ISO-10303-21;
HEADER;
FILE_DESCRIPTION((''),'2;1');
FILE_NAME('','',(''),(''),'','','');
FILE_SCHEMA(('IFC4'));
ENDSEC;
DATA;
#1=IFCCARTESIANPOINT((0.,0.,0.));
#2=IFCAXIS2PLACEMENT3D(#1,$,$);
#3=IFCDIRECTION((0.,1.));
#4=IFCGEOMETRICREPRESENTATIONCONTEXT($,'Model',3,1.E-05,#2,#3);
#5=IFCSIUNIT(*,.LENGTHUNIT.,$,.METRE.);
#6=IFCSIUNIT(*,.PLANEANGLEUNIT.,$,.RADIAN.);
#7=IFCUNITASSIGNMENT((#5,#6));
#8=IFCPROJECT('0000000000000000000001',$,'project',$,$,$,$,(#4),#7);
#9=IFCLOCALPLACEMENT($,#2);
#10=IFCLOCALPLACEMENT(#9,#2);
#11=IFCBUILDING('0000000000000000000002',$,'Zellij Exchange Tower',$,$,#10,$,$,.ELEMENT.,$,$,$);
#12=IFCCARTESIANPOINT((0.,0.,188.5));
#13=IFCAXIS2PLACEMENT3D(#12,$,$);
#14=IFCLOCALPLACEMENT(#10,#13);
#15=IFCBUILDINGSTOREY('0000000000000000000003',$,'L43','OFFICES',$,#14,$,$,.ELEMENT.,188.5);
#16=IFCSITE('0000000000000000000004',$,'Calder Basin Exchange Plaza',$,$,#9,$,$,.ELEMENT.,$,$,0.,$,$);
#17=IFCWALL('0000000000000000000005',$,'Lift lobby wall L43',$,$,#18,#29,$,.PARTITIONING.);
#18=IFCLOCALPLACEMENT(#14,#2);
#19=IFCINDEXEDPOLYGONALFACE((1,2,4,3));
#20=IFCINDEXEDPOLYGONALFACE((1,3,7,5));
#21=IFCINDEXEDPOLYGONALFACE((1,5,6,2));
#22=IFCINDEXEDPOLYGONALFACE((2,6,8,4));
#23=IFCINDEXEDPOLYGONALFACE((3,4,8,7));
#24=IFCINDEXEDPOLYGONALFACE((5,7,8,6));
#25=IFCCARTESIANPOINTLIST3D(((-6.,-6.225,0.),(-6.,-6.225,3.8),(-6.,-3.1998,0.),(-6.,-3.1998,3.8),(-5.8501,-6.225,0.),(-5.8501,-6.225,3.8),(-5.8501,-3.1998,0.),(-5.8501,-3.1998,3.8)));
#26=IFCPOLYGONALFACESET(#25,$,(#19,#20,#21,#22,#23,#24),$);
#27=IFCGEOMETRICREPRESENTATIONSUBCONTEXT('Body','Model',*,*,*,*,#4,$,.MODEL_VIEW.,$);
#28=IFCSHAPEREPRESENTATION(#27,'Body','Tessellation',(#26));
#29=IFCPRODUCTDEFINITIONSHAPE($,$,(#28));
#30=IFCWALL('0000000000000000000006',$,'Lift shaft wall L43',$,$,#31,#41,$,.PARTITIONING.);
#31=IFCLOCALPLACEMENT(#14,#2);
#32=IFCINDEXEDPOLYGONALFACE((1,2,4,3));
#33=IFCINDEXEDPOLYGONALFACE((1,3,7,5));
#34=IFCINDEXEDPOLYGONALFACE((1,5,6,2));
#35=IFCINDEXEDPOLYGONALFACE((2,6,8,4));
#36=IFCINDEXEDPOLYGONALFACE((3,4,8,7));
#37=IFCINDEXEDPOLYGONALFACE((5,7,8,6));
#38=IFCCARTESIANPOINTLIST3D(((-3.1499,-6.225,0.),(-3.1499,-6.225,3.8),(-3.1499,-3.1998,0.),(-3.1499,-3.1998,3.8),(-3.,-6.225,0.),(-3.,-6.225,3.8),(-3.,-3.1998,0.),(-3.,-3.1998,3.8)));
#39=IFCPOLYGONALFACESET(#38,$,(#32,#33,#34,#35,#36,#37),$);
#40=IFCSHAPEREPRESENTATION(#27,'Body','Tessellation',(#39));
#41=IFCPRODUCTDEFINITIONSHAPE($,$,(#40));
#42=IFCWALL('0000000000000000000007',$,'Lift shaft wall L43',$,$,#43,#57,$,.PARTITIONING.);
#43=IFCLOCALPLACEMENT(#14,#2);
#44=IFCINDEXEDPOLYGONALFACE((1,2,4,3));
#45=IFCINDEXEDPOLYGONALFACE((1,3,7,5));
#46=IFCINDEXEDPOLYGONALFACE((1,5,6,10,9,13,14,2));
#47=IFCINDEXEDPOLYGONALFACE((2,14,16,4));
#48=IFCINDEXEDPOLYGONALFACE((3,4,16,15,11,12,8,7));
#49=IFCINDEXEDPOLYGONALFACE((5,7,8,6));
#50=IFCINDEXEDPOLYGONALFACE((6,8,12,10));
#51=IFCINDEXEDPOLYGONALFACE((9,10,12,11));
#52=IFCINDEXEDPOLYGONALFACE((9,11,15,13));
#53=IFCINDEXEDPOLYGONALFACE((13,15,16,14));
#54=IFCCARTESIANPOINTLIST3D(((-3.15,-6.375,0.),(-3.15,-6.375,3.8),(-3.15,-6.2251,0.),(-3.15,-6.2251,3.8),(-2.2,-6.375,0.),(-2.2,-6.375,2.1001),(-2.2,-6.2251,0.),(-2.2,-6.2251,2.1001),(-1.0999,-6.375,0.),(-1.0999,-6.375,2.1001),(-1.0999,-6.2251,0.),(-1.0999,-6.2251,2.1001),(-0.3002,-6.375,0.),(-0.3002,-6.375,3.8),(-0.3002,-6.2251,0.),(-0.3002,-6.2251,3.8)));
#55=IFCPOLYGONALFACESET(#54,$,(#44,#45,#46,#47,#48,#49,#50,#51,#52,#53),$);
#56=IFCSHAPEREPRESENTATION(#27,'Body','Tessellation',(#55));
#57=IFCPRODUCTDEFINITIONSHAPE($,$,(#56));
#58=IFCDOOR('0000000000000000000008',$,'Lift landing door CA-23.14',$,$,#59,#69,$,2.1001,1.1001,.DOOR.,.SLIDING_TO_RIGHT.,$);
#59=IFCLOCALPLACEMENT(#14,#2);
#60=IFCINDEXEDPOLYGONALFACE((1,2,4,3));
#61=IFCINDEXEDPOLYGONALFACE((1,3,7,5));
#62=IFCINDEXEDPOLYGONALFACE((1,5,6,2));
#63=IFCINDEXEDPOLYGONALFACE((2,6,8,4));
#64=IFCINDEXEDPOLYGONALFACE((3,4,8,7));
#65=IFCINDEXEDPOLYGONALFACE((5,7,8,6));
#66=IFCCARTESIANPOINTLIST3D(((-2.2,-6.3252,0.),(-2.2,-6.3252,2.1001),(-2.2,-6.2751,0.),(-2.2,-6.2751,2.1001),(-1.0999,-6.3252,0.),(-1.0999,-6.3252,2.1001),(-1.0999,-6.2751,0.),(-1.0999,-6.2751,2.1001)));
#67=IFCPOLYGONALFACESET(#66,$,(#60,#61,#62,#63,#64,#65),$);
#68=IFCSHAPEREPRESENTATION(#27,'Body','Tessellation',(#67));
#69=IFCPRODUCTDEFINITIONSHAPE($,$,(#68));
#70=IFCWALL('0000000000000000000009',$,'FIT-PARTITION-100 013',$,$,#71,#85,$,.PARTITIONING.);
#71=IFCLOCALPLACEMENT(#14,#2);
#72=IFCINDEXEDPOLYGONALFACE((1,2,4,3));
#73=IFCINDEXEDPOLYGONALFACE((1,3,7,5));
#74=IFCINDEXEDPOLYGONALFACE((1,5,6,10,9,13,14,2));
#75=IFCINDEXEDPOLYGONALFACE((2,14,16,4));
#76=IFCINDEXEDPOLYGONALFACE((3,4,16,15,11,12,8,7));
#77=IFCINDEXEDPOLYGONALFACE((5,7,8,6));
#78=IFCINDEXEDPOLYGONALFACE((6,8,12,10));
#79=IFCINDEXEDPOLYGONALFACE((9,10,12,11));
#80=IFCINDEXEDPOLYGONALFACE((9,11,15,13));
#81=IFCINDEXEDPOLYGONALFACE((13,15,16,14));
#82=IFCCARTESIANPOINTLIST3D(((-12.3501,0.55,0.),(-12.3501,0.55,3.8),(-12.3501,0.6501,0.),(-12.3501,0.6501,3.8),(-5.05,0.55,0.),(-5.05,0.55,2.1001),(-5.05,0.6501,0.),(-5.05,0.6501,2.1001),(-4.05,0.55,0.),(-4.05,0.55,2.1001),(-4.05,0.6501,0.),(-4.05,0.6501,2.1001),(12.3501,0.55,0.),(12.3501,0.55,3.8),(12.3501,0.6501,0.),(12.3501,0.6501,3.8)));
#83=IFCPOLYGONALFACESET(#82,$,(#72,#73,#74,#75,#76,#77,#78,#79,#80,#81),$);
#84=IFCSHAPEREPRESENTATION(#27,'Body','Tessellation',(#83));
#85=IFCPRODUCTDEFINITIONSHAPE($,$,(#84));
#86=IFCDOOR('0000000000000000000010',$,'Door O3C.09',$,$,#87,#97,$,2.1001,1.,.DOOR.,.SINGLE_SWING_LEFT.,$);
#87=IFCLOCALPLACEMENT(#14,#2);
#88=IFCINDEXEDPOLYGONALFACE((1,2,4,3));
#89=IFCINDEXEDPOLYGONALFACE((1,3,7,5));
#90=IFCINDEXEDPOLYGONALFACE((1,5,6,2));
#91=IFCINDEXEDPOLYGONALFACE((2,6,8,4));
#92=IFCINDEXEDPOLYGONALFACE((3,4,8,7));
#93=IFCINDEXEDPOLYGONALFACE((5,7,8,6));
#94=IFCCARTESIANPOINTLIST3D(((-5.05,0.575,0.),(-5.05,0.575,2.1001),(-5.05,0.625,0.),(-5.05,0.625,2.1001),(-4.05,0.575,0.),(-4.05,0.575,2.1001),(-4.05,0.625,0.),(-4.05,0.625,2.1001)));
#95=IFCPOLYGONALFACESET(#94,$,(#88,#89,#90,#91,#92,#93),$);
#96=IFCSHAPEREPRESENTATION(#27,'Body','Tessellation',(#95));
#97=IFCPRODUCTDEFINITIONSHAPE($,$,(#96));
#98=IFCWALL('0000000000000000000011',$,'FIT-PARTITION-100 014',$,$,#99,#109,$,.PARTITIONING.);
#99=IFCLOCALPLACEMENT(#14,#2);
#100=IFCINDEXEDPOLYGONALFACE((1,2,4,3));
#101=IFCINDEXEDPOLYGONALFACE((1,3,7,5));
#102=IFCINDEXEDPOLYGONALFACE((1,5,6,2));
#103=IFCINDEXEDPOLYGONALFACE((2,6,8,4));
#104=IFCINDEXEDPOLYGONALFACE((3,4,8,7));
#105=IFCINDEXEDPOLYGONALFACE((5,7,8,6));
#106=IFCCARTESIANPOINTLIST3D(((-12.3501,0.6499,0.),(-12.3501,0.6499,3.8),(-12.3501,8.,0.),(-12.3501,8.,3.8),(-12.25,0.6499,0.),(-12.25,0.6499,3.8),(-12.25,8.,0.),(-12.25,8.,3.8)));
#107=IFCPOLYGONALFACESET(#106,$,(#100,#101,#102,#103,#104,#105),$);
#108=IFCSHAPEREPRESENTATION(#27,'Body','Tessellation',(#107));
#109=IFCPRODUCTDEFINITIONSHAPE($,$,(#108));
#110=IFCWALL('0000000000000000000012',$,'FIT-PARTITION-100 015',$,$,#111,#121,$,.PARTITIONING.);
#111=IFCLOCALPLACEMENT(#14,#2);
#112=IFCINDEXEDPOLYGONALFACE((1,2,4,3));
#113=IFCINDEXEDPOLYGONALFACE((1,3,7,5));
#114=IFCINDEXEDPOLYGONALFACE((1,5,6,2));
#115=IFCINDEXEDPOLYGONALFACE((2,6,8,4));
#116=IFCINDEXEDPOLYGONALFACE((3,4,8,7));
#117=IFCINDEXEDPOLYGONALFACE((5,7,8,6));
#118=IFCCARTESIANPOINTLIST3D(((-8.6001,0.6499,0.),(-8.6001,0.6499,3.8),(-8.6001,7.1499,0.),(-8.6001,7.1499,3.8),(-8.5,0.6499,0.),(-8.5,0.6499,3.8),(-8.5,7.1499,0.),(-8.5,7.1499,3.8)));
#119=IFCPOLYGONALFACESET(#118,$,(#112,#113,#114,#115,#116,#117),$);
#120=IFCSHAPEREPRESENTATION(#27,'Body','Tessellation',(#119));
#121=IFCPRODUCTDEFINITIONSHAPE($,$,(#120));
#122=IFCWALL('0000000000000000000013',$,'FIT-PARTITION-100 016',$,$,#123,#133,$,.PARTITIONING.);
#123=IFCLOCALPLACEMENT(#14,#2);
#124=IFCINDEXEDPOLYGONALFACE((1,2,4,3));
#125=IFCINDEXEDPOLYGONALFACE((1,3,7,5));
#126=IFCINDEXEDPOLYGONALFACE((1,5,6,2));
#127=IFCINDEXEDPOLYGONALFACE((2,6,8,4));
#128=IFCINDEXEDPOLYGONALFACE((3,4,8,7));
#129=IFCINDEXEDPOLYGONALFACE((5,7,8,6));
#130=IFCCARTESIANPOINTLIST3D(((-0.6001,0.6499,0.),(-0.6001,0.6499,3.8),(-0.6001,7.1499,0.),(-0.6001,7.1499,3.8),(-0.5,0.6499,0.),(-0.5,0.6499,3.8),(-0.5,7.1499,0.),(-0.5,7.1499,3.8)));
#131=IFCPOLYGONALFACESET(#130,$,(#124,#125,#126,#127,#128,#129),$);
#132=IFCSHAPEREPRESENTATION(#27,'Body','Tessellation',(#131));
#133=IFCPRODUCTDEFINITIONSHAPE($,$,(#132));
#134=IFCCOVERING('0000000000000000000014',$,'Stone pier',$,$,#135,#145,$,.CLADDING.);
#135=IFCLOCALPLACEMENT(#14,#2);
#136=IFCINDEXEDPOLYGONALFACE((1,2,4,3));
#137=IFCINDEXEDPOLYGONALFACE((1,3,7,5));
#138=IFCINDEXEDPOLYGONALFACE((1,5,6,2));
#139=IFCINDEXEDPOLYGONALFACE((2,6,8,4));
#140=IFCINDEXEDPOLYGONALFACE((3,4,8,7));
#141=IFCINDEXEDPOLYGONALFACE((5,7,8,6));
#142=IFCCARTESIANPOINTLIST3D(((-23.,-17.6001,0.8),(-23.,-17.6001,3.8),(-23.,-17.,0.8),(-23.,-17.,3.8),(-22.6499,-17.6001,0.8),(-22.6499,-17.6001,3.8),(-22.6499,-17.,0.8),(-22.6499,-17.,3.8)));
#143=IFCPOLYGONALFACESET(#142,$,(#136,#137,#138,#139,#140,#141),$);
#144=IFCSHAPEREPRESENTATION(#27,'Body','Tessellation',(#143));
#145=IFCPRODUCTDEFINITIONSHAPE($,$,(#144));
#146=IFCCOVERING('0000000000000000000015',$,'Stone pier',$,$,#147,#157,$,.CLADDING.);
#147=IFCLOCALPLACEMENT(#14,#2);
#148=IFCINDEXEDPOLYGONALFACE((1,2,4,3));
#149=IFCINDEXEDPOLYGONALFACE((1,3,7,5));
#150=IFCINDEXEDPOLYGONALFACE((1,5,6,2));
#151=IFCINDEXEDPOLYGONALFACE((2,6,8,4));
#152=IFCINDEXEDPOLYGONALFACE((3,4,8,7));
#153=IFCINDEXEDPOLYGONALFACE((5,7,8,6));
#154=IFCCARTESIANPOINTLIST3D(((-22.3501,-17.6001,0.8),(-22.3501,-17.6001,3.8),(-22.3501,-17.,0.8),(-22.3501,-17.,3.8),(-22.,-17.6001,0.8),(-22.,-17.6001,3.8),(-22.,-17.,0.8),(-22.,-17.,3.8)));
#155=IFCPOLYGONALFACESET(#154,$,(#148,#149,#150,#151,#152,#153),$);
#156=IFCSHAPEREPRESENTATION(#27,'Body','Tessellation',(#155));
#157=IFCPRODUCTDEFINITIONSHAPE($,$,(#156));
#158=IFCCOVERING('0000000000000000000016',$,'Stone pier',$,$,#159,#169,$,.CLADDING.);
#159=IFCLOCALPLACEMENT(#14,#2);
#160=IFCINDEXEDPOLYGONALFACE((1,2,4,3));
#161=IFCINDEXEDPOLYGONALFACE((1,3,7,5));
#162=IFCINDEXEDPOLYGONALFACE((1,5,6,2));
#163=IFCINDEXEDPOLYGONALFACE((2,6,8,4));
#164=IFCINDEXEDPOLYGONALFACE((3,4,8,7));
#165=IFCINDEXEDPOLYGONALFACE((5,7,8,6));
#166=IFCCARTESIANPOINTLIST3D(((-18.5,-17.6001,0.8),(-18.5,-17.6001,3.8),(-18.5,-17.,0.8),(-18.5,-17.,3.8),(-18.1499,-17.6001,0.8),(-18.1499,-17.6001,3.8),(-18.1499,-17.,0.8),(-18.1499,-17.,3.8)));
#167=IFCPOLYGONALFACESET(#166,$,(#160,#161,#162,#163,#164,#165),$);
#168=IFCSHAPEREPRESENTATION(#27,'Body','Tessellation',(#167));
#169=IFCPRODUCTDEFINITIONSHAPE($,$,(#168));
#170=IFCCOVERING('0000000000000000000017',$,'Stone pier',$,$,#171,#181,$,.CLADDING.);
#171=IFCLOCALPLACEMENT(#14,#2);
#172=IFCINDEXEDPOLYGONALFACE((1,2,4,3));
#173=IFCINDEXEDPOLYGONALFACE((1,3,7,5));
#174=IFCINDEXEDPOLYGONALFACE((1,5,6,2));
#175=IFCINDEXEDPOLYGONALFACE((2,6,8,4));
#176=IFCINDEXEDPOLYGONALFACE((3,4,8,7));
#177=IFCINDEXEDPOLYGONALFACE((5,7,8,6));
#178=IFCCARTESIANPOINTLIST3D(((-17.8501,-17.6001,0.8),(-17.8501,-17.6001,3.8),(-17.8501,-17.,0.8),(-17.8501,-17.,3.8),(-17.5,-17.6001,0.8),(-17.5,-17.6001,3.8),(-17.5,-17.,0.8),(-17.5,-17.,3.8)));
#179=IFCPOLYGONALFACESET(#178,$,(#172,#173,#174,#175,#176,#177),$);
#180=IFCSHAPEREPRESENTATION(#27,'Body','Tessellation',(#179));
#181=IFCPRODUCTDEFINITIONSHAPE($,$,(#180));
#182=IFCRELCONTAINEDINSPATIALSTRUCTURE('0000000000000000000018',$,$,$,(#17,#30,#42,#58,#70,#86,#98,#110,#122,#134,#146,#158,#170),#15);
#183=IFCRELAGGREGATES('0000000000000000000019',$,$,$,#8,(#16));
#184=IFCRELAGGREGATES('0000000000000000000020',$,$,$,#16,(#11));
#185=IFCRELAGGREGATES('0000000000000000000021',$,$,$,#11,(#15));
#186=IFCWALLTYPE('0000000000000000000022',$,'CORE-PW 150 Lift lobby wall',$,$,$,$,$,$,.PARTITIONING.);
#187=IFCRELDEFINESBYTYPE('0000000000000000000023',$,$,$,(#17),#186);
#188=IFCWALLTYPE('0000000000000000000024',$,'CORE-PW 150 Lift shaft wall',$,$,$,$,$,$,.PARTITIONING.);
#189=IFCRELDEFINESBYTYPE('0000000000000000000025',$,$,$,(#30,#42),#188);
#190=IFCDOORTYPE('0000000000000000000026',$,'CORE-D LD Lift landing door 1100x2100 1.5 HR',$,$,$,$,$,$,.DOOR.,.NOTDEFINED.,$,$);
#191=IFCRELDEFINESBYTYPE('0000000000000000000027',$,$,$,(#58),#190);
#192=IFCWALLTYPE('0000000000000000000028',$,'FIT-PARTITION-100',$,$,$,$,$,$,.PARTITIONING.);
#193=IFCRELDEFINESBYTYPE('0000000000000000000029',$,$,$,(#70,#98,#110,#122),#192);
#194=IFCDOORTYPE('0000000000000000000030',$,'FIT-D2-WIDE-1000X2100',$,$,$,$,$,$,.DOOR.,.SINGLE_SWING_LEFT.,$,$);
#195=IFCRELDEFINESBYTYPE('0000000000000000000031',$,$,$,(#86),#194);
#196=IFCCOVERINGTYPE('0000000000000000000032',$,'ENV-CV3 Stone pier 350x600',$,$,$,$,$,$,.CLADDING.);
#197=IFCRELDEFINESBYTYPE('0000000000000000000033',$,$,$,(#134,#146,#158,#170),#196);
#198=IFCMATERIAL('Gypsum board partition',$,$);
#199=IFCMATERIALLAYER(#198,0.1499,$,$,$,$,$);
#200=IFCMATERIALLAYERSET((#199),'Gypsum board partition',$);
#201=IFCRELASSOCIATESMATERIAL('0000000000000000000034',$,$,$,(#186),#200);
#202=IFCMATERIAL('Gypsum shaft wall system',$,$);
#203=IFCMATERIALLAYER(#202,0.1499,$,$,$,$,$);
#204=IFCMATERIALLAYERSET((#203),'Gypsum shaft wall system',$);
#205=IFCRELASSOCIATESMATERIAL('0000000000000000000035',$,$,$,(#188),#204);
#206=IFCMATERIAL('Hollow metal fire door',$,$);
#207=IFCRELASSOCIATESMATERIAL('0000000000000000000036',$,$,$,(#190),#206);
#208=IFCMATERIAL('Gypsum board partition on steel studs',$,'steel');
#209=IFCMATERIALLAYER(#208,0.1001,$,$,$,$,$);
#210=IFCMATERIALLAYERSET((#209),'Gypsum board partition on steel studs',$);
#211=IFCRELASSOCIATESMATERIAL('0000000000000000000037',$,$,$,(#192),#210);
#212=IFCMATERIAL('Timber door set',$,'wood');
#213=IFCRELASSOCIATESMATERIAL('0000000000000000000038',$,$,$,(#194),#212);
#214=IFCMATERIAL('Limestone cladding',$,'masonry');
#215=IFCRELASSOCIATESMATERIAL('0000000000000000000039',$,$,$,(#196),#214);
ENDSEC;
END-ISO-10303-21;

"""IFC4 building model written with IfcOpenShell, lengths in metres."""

from ifc_helpers import new_model, si_unit, direction, frame, frame_2d, origin, place, context, subcontext, project, spatial, polyline, rectangle, outline, extrude, material, layer, layer_set, type_object, element, fill, save


model = new_model("IFC4")

# Units and contexts
model_context = context("Model", 3, precision=1e-05, world=origin(), true_north=direction((0.0, 1.0)))
body_context = subcontext(model_context, "Body", "Model", "MODEL_VIEW")
ifc_project = project(units=[si_unit("LENGTHUNIT", "METRE"), si_unit("PLANEANGLEUNIT", "RADIAN")], contexts=[model_context])

# Site, building, storey
site_placement = place(None, origin())
site = spatial("IfcSite", under=ifc_project, at=site_placement, Name="Calder Basin Exchange Plaza", CompositionType="ELEMENT", RefElevation=0.0)
building_placement = place(site_placement, origin())
building = spatial("IfcBuilding", under=site, at=building_placement, Name="Zellij Exchange Tower", CompositionType="ELEMENT")
storey_placement = place(building_placement, frame((0.0, 0.0, 188.5)))
storey = spatial("IfcBuildingStorey", under=building, at=storey_placement, Name="L43", Description="OFFICES", CompositionType="ELEMENT", Elevation=188.5)

# Walls
ifc_material_1 = material(Name="Gypsum board partition")
ifc_layer_1 = layer(ifc_material_1, 0.1499)
ifc_layer_set_1 = layer_set([ifc_layer_1], Name="Gypsum board partition")
wall_type_1 = type_object("IfcWallType", Name="CORE-PW 150 Lift lobby wall", PredefinedType="PARTITIONING", material=ifc_layer_set_1)
for number, where, z_axis, x_axis, name in (
    (1, (-5.925, -6.2251, 0.0), (0.0, 0.0, 1.0), (0.0, 1.0, 0.0), "Lift lobby wall L43"),
):
    element("IfcWall", number, at=place(storey_placement, frame(where, z_axis=z_axis, x_axis=x_axis)), inside=storey, type_object=wall_type_1, Name=name, PredefinedType="PARTITIONING", context=body_context, shape_type="SweptSolid", body=[
        extrude(rectangle(XDim=3.0251, YDim=0.1499, at=frame_2d((1.5127, 0.0))), origin(), (0.0, 0.0, 1.0), 3.8),
    ])
ifc_material_2 = material(Name="Gypsum shaft wall system")
ifc_layer_2 = layer(ifc_material_2, 0.1499)
ifc_layer_set_2 = layer_set([ifc_layer_2], Name="Gypsum shaft wall system")
wall_type_2 = type_object("IfcWallType", Name="CORE-PW 150 Lift shaft wall", PredefinedType="PARTITIONING", material=ifc_layer_set_2)
wall_1_placement = place(storey_placement, frame((-3.075, -6.2251, 0.0), z_axis=(0.0, 0.0, 1.0), x_axis=(0.0, 1.0, 0.0)))
element("IfcWall", 2, at=wall_1_placement, inside=storey, type_object=wall_type_2, Name="Lift shaft wall L43", PredefinedType="PARTITIONING", context=body_context, shape_type="SweptSolid", body=[
    extrude(rectangle(XDim=3.0251, YDim=0.1499, at=frame_2d((1.5127, 0.0))), origin(), (0.0, 0.0, 1.0), 3.8),
])

# Walls, openings, doors
wall_2_placement = place(storey_placement, frame((-3.1499, -6.3, 0.0), z_axis=(0.0, 0.0, 1.0), x_axis=(1.0, 0.0, 0.0)))
wall_2 = element("IfcWall", 3, at=wall_2_placement, inside=storey, type_object=wall_type_2, Name="Lift shaft wall L43", PredefinedType="PARTITIONING", context=body_context, shape_type="SweptSolid", body=[
    extrude(rectangle(XDim=2.8499, YDim=0.1499, at=frame_2d((1.4248, 0.0))), origin(), (0.0, 0.0, 1.0), 3.8),
])
opening_1_placement = place(wall_2_placement, frame((0.95, 0.0, 0.0)))
opening_1 = element("IfcOpeningElement", 4, at=opening_1_placement, cuts=wall_2, PredefinedType="OPENING", context=body_context, shape_type="SweptSolid", body=[
    extrude(rectangle(XDim=1.1001, YDim=2.1001, at=frame_2d((0.55, 1.05))), frame((0.0, 0.0869, 0.0), z_axis=(0.0, -1.0, 0.0), x_axis=(1.0, 0.0, 0.0)), (0.0, 0.0, 1.0), 0.1738),
])
ifc_material_3 = material(Name="Hollow metal fire door")
door_type_1 = type_object("IfcDoorType", Name="CORE-D LD Lift landing door 1100x2100 1.5 HR", OperationType="NOTDEFINED", PredefinedType="DOOR", material=ifc_material_3)
door_1_placement = place(opening_1_placement, origin())
door_1 = element("IfcDoor", 5, at=door_1_placement, inside=storey, type_object=door_type_1, Name="Lift landing door CA-23.14", OperationType="SLIDING_TO_RIGHT", OverallHeight=2.1001, OverallWidth=1.1001, PredefinedType="DOOR", context=body_context, shape_type="SweptSolid", body=[
    extrude(rectangle(XDim=1.1001, YDim=2.1001, at=frame_2d((0.55, 1.05))), frame((0.0, 0.0249, 0.0), z_axis=(0.0, -1.0, 0.0), x_axis=(1.0, 0.0, 0.0)), (0.0, 0.0, 1.0), 0.05),
])
fill(opening_1, door_1)
ifc_material_4 = material(Name="Gypsum board partition on steel studs", Category="steel")
ifc_layer_3 = layer(ifc_material_4, 0.1001)
ifc_layer_set_3 = layer_set([ifc_layer_3], Name="Gypsum board partition on steel studs")
wall_type_3 = type_object("IfcWallType", Name="FIT-PARTITION-100", PredefinedType="PARTITIONING", material=ifc_layer_set_3)
wall_3_placement = place(storey_placement, frame((-12.3501, 0.6001, 0.0), z_axis=(0.0, 0.0, 1.0), x_axis=(1.0, 0.0, 0.0)))
wall_3 = element("IfcWall", 6, at=wall_3_placement, inside=storey, type_object=wall_type_3, Name="FIT-PARTITION-100 013", PredefinedType="PARTITIONING", context=body_context, shape_type="SweptSolid", body=[
    extrude(rectangle(XDim=24.7002, YDim=0.1001, at=frame_2d((12.3501, 0.0))), origin(), (0.0, 0.0, 1.0), 3.8),
])
opening_2_placement = place(wall_3_placement, frame((7.3, 0.0, 0.0)))
opening_2 = element("IfcOpeningElement", 7, at=opening_2_placement, cuts=wall_3, PredefinedType="OPENING", context=body_context, shape_type="SweptSolid", body=[
    extrude(rectangle(XDim=1.0, YDim=2.1001, at=frame_2d((0.5, 1.05))), frame((0.0, 0.062, 0.0), z_axis=(0.0, -1.0, 0.0), x_axis=(1.0, 0.0, 0.0)), (0.0, 0.0, 1.0), 0.124),
])
ifc_material_5 = material(Name="Timber door set", Category="wood")
door_type_2 = type_object("IfcDoorType", Name="FIT-D2-WIDE-1000X2100", OperationType="SINGLE_SWING_LEFT", PredefinedType="DOOR", material=ifc_material_5)
door_2_placement = place(opening_2_placement, origin())
door_2 = element("IfcDoor", 8, at=door_2_placement, inside=storey, type_object=door_type_2, Name="Door O3C.09", OperationType="SINGLE_SWING_LEFT", OverallHeight=2.1001, OverallWidth=1.0, PredefinedType="DOOR", context=body_context, shape_type="SweptSolid", body=[
    extrude(rectangle(XDim=1.0, YDim=2.1001, at=frame_2d((0.5, 1.05))), frame((0.0, 0.0249, 0.0), z_axis=(0.0, -1.0, 0.0), x_axis=(1.0, 0.0, 0.0)), (0.0, 0.0, 1.0), 0.05),
])
fill(opening_2, door_2)

# Walls
wall_4_placement = place(storey_placement, frame((-12.3, 0.6499, 0.0), z_axis=(0.0, 0.0, 1.0), x_axis=(0.0, 1.0, 0.0)))
element("IfcWall", 9, at=wall_4_placement, inside=storey, type_object=wall_type_3, Name="FIT-PARTITION-100 014", PredefinedType="PARTITIONING", context=body_context, shape_type="SweptSolid", body=[
    extrude(rectangle(XDim=7.3501, YDim=0.1001, at=frame_2d((3.675, 0.0))), origin(), (0.0, 0.0, 1.0), 3.8),
])
for number, where, z_axis, x_axis, name in (
    (10, (-8.55, 0.6499, 0.0), (0.0, 0.0, 1.0), (0.0, 1.0, 0.0), "FIT-PARTITION-100 015"),
    (11, (-0.55, 0.6499, 0.0), (0.0, 0.0, 1.0), (0.0, 1.0, 0.0), "FIT-PARTITION-100 016"),
):
    element("IfcWall", number, at=place(storey_placement, frame(where, z_axis=z_axis, x_axis=x_axis)), inside=storey, type_object=wall_type_3, Name=name, PredefinedType="PARTITIONING", context=body_context, shape_type="SweptSolid", body=[
        extrude(rectangle(XDim=6.5, YDim=0.1001, at=frame_2d((3.25, 0.0))), origin(), (0.0, 0.0, 1.0), 3.8),
    ])

# Coverings
ifc_material_6 = material(Name="Limestone cladding", Category="masonry")
covering_type = type_object("IfcCoveringType", Name="ENV-CV3 Stone pier 350x600", PredefinedType="CLADDING", material=ifc_material_6)
covering_1_placement = place(storey_placement, frame((0.0, 0.0, 0.8)))
element("IfcCovering", 12, at=covering_1_placement, inside=storey, type_object=covering_type, Name="Stone pier", PredefinedType="CLADDING", context=body_context, shape_type="SweptSolid", body=[
    extrude(outline(polyline([(-23.0, -17.0), (-22.6499, -17.0), (-22.6499, -17.6001), (-23.0, -17.6001), (-23.0, -17.0)])), origin(), (0.0, 0.0, 1.0), 3.0),
])
covering_2_placement = place(storey_placement, frame((0.0, 0.0, 0.8)))
element("IfcCovering", 13, at=covering_2_placement, inside=storey, type_object=covering_type, Name="Stone pier", PredefinedType="CLADDING", context=body_context, shape_type="SweptSolid", body=[
    extrude(outline(polyline([(-22.3501, -17.0), (-22.0, -17.0), (-22.0, -17.6001), (-22.3501, -17.6001), (-22.3501, -17.0)])), origin(), (0.0, 0.0, 1.0), 3.0),
])
covering_3_placement = place(storey_placement, frame((0.0, 0.0, 0.8)))
element("IfcCovering", 14, at=covering_3_placement, inside=storey, type_object=covering_type, Name="Stone pier", PredefinedType="CLADDING", context=body_context, shape_type="SweptSolid", body=[
    extrude(outline(polyline([(-18.5, -17.0), (-18.1499, -17.0), (-18.1499, -17.6001), (-18.5, -17.6001), (-18.5, -17.0)])), origin(), (0.0, 0.0, 1.0), 3.0),
])
covering_4_placement = place(storey_placement, frame((0.0, 0.0, 0.8)))
element("IfcCovering", 15, at=covering_4_placement, inside=storey, type_object=covering_type, Name="Stone pier", PredefinedType="CLADDING", context=body_context, shape_type="SweptSolid", body=[
    extrude(outline(polyline([(-17.8501, -17.0), (-17.5, -17.0), (-17.5, -17.6001), (-17.8501, -17.6001), (-17.8501, -17.0)])), origin(), (0.0, 0.0, 1.0), 3.0),
])

save(model, "model.ifc")
